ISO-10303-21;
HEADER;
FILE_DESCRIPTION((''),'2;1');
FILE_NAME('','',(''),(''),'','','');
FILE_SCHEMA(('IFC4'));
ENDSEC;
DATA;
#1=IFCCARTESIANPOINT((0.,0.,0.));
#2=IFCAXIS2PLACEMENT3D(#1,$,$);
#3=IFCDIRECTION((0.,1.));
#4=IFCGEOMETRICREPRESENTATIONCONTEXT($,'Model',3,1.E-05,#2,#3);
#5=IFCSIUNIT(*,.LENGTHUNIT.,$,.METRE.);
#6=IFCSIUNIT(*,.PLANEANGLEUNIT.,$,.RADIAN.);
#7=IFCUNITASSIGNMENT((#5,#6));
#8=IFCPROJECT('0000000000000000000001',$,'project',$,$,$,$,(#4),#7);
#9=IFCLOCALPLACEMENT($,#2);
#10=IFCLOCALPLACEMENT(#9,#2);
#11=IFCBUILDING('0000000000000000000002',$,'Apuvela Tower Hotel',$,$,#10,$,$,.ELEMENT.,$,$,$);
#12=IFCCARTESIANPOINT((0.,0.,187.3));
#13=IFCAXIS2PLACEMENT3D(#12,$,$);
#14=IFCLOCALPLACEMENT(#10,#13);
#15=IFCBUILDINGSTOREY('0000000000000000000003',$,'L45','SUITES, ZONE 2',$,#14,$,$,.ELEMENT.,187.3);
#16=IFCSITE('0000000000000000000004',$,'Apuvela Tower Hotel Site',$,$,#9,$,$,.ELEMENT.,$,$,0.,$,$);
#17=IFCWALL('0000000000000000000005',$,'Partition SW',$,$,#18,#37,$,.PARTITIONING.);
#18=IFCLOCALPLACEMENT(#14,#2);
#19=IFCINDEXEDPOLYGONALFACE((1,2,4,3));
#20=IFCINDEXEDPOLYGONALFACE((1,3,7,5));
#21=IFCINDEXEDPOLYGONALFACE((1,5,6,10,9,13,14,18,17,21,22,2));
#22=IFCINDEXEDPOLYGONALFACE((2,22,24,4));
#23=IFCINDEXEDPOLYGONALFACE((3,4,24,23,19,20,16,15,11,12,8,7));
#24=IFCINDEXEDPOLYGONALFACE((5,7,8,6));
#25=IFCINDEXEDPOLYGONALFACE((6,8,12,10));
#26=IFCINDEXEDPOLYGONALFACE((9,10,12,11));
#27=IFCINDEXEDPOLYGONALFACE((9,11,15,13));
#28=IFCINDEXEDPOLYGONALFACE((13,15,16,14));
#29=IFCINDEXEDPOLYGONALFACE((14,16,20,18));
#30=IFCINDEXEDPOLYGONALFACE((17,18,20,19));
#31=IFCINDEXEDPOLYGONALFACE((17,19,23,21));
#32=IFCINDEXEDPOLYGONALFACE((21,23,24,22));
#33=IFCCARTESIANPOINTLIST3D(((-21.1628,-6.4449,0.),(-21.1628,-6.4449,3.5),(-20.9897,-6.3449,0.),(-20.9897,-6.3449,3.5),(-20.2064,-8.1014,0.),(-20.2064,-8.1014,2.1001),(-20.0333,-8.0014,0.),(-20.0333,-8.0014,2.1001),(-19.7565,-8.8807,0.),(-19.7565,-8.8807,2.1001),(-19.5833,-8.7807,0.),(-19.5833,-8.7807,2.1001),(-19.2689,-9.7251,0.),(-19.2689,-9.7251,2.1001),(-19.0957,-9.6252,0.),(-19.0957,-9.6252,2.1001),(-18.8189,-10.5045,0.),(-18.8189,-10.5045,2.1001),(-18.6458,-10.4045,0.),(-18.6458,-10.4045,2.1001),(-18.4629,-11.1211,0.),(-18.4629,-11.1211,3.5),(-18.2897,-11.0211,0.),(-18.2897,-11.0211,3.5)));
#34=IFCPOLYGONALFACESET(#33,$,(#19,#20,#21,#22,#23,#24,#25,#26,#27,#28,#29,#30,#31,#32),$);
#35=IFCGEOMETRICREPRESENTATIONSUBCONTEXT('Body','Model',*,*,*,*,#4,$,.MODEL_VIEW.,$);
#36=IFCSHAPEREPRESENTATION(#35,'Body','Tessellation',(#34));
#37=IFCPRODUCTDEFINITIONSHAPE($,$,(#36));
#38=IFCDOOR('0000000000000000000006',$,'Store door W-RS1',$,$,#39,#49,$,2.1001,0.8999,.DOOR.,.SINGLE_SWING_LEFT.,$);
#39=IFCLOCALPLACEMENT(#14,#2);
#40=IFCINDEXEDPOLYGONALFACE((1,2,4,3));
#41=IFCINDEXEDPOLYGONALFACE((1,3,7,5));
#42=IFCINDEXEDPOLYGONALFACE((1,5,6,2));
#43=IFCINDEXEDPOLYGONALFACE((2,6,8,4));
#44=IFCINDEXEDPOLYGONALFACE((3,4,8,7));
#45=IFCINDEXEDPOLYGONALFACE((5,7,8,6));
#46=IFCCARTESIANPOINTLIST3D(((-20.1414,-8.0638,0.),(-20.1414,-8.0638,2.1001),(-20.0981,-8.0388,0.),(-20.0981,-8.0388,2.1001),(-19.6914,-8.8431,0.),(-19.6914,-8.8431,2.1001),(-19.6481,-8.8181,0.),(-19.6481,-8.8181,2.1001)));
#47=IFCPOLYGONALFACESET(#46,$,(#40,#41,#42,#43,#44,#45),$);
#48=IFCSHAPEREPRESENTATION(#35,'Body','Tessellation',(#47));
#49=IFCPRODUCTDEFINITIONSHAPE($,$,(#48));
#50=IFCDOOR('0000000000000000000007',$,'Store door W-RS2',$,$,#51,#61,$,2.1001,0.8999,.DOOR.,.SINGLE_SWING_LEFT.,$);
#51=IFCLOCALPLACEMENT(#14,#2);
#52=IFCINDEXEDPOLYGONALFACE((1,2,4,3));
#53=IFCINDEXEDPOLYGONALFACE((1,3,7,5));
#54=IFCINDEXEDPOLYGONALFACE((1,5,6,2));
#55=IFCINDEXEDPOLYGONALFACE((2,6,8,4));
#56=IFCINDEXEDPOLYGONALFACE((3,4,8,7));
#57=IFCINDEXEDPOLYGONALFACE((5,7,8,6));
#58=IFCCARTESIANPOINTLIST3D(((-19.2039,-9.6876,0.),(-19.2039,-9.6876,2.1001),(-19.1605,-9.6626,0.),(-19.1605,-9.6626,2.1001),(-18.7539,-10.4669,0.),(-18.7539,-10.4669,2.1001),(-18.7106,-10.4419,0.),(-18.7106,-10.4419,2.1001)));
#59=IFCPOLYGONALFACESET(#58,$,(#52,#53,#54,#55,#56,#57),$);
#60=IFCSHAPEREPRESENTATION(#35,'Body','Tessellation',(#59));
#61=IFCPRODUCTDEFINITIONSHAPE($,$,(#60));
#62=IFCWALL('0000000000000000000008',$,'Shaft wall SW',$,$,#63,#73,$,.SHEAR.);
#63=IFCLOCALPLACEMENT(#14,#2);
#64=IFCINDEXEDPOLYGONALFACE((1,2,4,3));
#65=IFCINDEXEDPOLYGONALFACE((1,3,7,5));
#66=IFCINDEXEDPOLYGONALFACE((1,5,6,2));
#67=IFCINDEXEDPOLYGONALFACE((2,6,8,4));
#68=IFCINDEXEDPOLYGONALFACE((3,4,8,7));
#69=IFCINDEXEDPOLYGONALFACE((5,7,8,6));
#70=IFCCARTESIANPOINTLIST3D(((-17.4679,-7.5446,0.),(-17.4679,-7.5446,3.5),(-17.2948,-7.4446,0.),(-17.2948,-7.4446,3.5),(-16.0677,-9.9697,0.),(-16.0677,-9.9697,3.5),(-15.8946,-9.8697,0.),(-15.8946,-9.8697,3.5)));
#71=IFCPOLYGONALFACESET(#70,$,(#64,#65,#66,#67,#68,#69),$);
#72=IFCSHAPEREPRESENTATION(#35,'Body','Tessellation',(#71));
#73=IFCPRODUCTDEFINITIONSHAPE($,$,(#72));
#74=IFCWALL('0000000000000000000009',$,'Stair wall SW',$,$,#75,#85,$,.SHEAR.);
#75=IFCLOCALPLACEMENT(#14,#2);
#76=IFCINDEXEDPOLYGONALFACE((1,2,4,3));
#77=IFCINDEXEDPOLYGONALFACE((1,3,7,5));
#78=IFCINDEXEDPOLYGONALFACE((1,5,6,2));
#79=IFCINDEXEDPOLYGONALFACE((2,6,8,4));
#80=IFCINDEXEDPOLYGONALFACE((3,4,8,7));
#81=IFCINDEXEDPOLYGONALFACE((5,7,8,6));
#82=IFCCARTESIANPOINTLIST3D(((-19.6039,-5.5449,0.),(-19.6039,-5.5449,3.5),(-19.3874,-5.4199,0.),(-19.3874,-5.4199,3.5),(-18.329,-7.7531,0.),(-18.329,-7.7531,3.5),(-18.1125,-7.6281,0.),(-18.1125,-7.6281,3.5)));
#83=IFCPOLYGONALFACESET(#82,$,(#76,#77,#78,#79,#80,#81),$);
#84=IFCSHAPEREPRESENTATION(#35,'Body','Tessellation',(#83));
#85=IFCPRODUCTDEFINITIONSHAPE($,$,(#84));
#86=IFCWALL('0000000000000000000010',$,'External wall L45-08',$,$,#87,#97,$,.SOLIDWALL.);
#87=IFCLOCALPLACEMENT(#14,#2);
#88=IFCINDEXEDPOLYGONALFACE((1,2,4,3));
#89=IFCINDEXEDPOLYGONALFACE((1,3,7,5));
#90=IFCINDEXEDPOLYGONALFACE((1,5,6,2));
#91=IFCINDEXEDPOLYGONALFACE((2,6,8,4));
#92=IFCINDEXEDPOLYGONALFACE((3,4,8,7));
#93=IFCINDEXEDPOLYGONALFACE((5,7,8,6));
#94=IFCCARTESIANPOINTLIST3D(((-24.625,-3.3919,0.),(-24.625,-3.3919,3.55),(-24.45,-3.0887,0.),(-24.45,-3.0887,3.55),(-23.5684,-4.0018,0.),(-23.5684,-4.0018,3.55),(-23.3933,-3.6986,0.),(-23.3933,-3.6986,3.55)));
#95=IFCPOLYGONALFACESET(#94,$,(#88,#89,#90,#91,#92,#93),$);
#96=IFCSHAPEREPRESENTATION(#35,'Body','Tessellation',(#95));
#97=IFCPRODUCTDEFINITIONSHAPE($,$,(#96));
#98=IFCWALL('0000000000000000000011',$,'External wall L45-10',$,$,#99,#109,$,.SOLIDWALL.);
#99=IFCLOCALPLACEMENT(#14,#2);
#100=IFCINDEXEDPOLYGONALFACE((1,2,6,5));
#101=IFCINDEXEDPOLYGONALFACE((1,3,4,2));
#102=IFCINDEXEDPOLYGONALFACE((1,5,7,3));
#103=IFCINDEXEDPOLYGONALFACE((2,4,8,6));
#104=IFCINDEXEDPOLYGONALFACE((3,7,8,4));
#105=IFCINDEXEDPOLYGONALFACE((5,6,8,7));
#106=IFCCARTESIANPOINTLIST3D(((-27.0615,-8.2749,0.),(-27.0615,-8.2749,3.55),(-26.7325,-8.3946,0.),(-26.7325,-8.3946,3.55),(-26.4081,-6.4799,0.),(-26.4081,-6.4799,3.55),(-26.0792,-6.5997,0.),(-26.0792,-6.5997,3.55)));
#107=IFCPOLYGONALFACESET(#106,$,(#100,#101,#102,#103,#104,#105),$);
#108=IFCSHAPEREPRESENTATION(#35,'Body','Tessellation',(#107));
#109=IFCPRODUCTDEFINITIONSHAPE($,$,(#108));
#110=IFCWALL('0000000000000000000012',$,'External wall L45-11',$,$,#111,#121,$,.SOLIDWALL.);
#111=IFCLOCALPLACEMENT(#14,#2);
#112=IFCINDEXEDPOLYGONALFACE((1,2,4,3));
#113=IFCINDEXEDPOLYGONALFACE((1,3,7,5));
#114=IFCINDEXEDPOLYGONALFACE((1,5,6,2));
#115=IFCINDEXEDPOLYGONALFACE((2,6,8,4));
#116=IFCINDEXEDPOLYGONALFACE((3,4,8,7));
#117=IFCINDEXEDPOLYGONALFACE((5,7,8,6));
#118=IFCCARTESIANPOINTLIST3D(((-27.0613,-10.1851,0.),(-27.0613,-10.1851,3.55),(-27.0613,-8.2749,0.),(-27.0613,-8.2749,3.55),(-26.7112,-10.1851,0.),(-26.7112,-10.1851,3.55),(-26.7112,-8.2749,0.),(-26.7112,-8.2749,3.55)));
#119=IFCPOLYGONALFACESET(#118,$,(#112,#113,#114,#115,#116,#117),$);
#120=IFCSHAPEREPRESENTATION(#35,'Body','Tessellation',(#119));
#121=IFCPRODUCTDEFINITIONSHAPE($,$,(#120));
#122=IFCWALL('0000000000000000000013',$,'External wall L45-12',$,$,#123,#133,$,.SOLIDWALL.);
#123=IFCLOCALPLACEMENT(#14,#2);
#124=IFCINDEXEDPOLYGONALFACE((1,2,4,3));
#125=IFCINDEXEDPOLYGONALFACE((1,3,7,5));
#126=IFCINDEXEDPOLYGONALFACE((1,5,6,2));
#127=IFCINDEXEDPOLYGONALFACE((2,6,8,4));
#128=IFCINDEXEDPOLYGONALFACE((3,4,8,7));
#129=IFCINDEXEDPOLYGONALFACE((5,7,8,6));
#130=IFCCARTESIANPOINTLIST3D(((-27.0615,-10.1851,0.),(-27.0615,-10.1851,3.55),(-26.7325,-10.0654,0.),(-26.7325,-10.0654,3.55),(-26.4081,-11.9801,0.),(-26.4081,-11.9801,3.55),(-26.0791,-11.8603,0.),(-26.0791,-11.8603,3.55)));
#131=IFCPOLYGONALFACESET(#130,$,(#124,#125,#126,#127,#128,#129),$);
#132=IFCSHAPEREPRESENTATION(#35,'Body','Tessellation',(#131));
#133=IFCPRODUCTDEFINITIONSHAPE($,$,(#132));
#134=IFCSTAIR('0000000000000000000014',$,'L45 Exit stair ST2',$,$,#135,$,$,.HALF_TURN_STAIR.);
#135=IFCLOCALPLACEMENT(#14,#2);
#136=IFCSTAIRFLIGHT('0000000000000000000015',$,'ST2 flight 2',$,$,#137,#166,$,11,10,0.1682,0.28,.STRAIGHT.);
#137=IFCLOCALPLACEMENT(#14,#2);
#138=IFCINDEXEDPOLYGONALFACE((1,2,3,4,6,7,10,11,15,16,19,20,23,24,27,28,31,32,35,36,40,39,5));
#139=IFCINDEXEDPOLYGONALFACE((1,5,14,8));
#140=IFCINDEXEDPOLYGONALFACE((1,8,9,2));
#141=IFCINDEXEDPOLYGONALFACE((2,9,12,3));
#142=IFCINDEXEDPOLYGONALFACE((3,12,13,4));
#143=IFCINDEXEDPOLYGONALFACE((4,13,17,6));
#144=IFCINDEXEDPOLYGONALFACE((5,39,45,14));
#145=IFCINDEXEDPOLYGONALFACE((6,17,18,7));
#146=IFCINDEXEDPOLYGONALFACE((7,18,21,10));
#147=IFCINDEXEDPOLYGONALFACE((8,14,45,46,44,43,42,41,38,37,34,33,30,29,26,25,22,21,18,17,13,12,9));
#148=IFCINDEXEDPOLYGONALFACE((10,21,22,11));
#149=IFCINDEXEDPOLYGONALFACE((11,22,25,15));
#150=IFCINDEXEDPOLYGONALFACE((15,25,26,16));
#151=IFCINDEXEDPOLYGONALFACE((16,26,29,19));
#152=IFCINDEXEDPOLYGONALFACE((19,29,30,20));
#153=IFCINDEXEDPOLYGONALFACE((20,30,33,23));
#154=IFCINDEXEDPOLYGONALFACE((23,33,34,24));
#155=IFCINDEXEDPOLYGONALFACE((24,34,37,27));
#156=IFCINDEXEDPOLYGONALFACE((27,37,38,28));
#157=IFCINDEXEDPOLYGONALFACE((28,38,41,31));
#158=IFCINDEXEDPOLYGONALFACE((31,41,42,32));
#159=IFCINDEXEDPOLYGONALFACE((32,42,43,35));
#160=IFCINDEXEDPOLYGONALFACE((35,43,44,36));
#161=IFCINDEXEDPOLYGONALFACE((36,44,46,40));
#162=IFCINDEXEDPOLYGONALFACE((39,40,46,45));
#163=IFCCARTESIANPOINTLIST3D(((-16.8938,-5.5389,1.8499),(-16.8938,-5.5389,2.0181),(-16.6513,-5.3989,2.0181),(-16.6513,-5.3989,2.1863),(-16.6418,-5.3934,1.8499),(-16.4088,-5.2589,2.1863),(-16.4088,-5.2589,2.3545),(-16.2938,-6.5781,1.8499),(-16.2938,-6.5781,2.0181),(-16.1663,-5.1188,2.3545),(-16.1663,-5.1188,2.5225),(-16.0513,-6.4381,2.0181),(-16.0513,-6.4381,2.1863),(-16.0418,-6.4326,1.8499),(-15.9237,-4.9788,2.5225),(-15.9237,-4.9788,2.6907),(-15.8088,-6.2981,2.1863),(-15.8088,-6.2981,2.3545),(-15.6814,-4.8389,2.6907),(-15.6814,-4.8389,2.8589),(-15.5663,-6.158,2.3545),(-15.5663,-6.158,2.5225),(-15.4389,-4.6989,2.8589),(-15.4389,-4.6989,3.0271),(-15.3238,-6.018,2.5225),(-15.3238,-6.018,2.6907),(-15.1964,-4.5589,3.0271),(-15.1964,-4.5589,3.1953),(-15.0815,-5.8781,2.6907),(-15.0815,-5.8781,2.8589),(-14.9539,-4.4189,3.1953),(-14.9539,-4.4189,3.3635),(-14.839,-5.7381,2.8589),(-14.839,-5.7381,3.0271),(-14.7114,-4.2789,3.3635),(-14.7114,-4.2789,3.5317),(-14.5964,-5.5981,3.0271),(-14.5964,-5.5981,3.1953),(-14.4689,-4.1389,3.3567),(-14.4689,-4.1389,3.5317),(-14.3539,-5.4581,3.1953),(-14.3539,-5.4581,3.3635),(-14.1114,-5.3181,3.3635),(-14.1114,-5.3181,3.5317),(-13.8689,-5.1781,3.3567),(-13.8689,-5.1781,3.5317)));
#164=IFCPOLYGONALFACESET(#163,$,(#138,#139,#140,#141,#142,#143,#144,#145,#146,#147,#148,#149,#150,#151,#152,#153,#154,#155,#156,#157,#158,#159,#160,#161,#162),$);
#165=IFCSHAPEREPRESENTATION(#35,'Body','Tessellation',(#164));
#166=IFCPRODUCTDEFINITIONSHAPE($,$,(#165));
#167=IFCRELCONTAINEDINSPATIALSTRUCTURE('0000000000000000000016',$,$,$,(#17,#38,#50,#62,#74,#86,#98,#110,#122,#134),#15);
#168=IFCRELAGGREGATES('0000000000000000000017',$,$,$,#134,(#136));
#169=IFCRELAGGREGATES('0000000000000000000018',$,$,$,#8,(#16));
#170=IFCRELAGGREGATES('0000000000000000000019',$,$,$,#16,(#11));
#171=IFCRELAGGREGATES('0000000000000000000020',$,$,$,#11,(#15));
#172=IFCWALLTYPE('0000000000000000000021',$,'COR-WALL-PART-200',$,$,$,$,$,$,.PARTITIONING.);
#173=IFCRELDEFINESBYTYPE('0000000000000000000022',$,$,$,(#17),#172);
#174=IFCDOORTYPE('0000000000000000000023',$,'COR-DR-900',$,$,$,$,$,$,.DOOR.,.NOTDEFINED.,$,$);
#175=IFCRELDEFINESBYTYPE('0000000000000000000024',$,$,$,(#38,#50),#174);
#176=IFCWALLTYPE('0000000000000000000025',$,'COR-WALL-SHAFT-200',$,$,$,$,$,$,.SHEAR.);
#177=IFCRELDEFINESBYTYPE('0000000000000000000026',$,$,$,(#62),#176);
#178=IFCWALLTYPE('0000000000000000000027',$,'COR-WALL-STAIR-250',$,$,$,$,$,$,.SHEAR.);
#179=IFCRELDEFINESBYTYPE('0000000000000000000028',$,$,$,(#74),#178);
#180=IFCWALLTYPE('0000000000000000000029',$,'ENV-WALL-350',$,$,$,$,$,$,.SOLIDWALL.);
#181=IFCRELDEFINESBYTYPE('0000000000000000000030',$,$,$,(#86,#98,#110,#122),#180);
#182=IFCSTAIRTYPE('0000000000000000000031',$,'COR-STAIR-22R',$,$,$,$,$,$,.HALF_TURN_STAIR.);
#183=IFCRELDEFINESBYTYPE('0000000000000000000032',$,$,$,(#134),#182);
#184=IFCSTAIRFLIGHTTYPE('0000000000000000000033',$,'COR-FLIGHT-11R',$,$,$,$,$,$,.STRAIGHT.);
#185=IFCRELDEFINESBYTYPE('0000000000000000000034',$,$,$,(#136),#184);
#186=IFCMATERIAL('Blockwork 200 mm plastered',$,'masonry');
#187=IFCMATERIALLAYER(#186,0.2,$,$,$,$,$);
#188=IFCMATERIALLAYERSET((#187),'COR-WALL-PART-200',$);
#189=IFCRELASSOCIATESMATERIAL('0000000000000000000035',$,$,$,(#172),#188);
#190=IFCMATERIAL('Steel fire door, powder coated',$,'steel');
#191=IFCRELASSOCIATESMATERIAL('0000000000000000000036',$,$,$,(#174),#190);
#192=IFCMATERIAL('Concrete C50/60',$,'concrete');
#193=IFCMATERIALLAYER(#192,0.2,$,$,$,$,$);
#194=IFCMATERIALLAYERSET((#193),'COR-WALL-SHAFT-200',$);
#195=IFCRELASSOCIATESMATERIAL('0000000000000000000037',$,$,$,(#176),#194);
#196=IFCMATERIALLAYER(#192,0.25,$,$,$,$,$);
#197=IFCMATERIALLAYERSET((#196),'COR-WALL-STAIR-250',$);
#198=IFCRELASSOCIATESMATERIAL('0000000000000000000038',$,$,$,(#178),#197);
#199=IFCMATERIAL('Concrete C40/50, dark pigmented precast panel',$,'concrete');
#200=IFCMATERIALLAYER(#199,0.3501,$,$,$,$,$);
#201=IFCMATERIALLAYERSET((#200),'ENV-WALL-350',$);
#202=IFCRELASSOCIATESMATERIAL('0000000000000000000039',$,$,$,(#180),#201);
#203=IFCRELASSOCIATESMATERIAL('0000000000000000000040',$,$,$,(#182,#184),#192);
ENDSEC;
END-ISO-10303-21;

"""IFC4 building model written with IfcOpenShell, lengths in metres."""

from ifc_helpers import new_model, si_unit, direction, frame, frame_2d, origin, place, context, subcontext, project, spatial, polyline, rectangle, outline, extrude, material, layer, layer_set, type_object, element, fill, aggregate, save


model = new_model("IFC4")

# Units and contexts
model_context = context("Model", 3, precision=1e-05, world=origin(), true_north=direction((0.0, 1.0)))
body_context = subcontext(model_context, "Body", "Model", "MODEL_VIEW")
ifc_project = project(units=[si_unit("LENGTHUNIT", "METRE"), si_unit("PLANEANGLEUNIT", "RADIAN")], contexts=[model_context])

# Site, building, storey
site_placement = place(None, origin())
site = spatial("IfcSite", under=ifc_project, at=site_placement, Name="Apuvela Tower Hotel Site", CompositionType="ELEMENT", RefElevation=0.0)
building_placement = place(site_placement, origin())
building = spatial("IfcBuilding", under=site, at=building_placement, Name="Apuvela Tower Hotel", CompositionType="ELEMENT")
storey_placement = place(building_placement, frame((0.0, 0.0, 187.3)))
storey = spatial("IfcBuildingStorey", under=building, at=storey_placement, Name="L45", Description="SUITES, ZONE 2", CompositionType="ELEMENT", Elevation=187.3)

# Wall, openings, doors
ifc_material_1 = material(Name="Blockwork 200 mm plastered", Category="masonry")
ifc_layer_1 = layer(ifc_material_1, 0.2)
ifc_layer_set_1 = layer_set([ifc_layer_1], Name="COR-WALL-PART-200")
wall_type_1 = type_object("IfcWallType", Name="COR-WALL-PART-200", PredefinedType="PARTITIONING", material=ifc_layer_set_1)
wall_1_placement = place(storey_placement, frame((-21.0762, -6.395, 0.0), z_axis=(0.0, 0.0, 1.0), x_axis=(0.500015, -0.866017, 0.0)))
wall_1 = element("IfcWall", 1, at=wall_1_placement, inside=storey, type_object=wall_type_1, Name="Partition SW", PredefinedType="PARTITIONING", context=body_context, shape_type="SweptSolid", body=[
    extrude(rectangle(XDim=5.3997, YDim=0.2, at=frame_2d((2.6997, 0.0))), origin(), (0.0, 0.0, 1.0), 3.5),
])
opening_1_placement = place(wall_1_placement, frame((1.9126, 0.0, 0.0)))
opening_1 = element("IfcOpeningElement", 2, at=opening_1_placement, cuts=wall_1, PredefinedType="OPENING", context=body_context, shape_type="SweptSolid", body=[
    extrude(rectangle(XDim=0.8999, YDim=2.1001, at=frame_2d((0.45, 1.05))), frame((0.0, 0.1099, 0.0), z_axis=(0.0, -1.0, 0.0), x_axis=(1.0, 0.0, 0.0)), (0.0, 0.0, 1.0), 0.22),
])
opening_2_placement = place(wall_1_placement, frame((3.7876, 0.0, 0.0)))
opening_2 = element("IfcOpeningElement", 3, at=opening_2_placement, cuts=wall_1, PredefinedType="OPENING", context=body_context, shape_type="SweptSolid", body=[
    extrude(rectangle(XDim=0.8999, YDim=2.1001, at=frame_2d((0.45, 1.05))), frame((0.0, 0.1099, 0.0), z_axis=(0.0, -1.0, 0.0), x_axis=(1.0, 0.0, 0.0)), (0.0, 0.0, 1.0), 0.22),
])
ifc_material_2 = material(Name="Steel fire door, powder coated", Category="steel")
door_type_1 = type_object("IfcDoorType", Name="COR-DR-900", OperationType="NOTDEFINED", PredefinedType="DOOR", material=ifc_material_2)
door_1_placement = place(opening_1_placement, frame((0.8999, 0.0, 0.0), z_axis=(0.0, 0.0, 1.0), x_axis=(-1.0, 0.0, 0.0)))
door_1 = element("IfcDoor", 4, at=door_1_placement, inside=storey, type_object=door_type_1, Name="Store door W-RS1", OperationType="SINGLE_SWING_LEFT", OverallHeight=2.1001, OverallWidth=0.8999, PredefinedType="DOOR", context=body_context, shape_type="SweptSolid", body=[
    extrude(rectangle(XDim=0.8999, YDim=2.1001, at=frame_2d((0.45, 1.05))), frame((0.0, 0.0249, 0.0), z_axis=(0.0, -1.0, 0.0), x_axis=(1.0, 0.0, 0.0)), (0.0, 0.0, 1.0), 0.05),
])
fill(opening_1, door_1)
door_2_placement = place(opening_2_placement, frame((0.8999, 0.0, 0.0), z_axis=(0.0, 0.0, 1.0), x_axis=(-1.0, 0.0, 0.0)))
door_2 = element("IfcDoor", 5, at=door_2_placement, inside=storey, type_object=door_type_1, Name="Store door W-RS2", OperationType="SINGLE_SWING_LEFT", OverallHeight=2.1001, OverallWidth=0.8999, PredefinedType="DOOR", context=body_context, shape_type="SweptSolid", body=[
    extrude(rectangle(XDim=0.8999, YDim=2.1001, at=frame_2d((0.45, 1.05))), frame((0.0, 0.0249, 0.0), z_axis=(0.0, -1.0, 0.0), x_axis=(1.0, 0.0, 0.0)), (0.0, 0.0, 1.0), 0.05),
])
fill(opening_2, door_2)

# Walls
ifc_material_3 = material(Name="Concrete C50/60", Category="concrete")
ifc_layer_2 = layer(ifc_material_3, 0.2)
ifc_layer_set_2 = layer_set([ifc_layer_2], Name="COR-WALL-SHAFT-200")
wall_type_2 = type_object("IfcWallType", Name="COR-WALL-SHAFT-200", PredefinedType="SHEAR", material=ifc_layer_set_2)
wall_2_placement = place(storey_placement, frame((-17.3813, -7.4946, 0.0), z_axis=(0.0, 0.0, 1.0), x_axis=(0.500012, -0.866019, 0.0)))
element("IfcWall", 6, at=wall_2_placement, inside=storey, type_object=wall_type_2, Name="Shaft wall SW", PredefinedType="SHEAR", context=body_context, shape_type="SweptSolid", body=[
    extrude(rectangle(XDim=2.8003, YDim=0.2, at=frame_2d((1.4001, 0.0))), origin(), (0.0, 0.0, 1.0), 3.5),
])
ifc_layer_3 = layer(ifc_material_3, 0.25)
ifc_layer_set_3 = layer_set([ifc_layer_3], Name="COR-WALL-STAIR-250")
wall_type_3 = type_object("IfcWallType", Name="COR-WALL-STAIR-250", PredefinedType="SHEAR", material=ifc_layer_set_3)
wall_3_placement = place(storey_placement, frame((-19.4956, -5.4824, 0.0), z_axis=(0.0, 0.0, 1.0), x_axis=(0.49999, -0.866031, 0.0)))
element("IfcWall", 7, at=wall_3_placement, inside=storey, type_object=wall_type_3, Name="Stair wall SW", PredefinedType="SHEAR", context=body_context, shape_type="SweptSolid", body=[
    extrude(rectangle(XDim=2.5498, YDim=0.25, at=frame_2d((1.2749, 0.0))), origin(), (0.0, 0.0, 1.0), 3.5),
])
ifc_material_4 = material(Name="Concrete C40/50, dark pigmented precast panel", Category="concrete")
ifc_layer_4 = layer(ifc_material_4, 0.3501)
ifc_layer_set_4 = layer_set([ifc_layer_4], Name="ENV-WALL-350")
wall_type_4 = type_object("IfcWallType", Name="ENV-WALL-350", PredefinedType="SOLIDWALL", material=ifc_layer_set_4)
wall_4_placement = place(storey_placement, frame((-23.481, -3.8501, 0.0), z_axis=(0.0, 0.0, 1.0), x_axis=(-0.866092, 0.499884, 0.0)))
element("IfcWall", 8, at=wall_4_placement, inside=storey, type_object=wall_type_4, Name="External wall L45-08", PredefinedType="SOLIDWALL", context=body_context, shape_type="SweptSolid", body=[
    extrude(rectangle(XDim=1.22, YDim=0.3501, at=frame_2d((0.6099, 0.0))), origin(), (0.0, 0.0, 1.0), 3.55),
])
for number, where, z_axis, x_axis, name in (
    (9, (-26.2437, -6.5398, 0.0), (0.0, 0.0, 1.0), (-0.34203, -0.939689, 0.0), "External wall L45-10"),
    (10, (-26.8862, -8.2749, 0.0), (0.0, 0.0, 1.0), (0.0, -1.0, 0.0), "External wall L45-11"),
    (11, (-26.897, -10.1252, 0.0), (0.0, 0.0, 1.0), (0.34203, -0.939689, 0.0), "External wall L45-12"),
):
    element("IfcWall", number, at=place(storey_placement, frame(where, z_axis=z_axis, x_axis=x_axis)), inside=storey, type_object=wall_type_4, Name=name, PredefinedType="SOLIDWALL", context=body_context, shape_type="SweptSolid", body=[
        extrude(rectangle(XDim=1.9102, YDim=0.3501, at=frame_2d((0.9551, 0.0))), origin(), (0.0, 0.0, 1.0), 3.55),
    ])

# Stair, stair flight
stair_type = type_object("IfcStairType", Name="COR-STAIR-22R", PredefinedType="HALF_TURN_STAIR", material=ifc_material_3)
stair_placement = place(storey_placement, origin())
stair = element("IfcStair", 12, at=stair_placement, inside=storey, type_object=stair_type, Name="L45 Exit stair ST2", PredefinedType="HALF_TURN_STAIR")
stair_flight_type = type_object("IfcStairFlightType", Name="COR-FLIGHT-11R", PredefinedType="STRAIGHT", material=ifc_material_3)
stair_flight_placement = place(storey_placement, frame((-16.5938, -6.0586, 1.8499), z_axis=(0.0, 0.0, 1.0), x_axis=(0.866025, 0.5, 0.0)))
stair_flight = element("IfcStairFlight", 13, at=stair_flight_placement, type_object=stair_flight_type, Name="ST2 flight 2", NumberOfRisers=11, NumberOfTreads=10, PredefinedType="STRAIGHT", RiserHeight=0.1682, TreadLength=0.28, context=body_context, shape_type="SweptSolid", body=[
    extrude(outline(polyline([(0.0, 0.0), (0.0, 0.1682), (0.28, 0.1682), (0.28, 0.3364), (0.5601, 0.3364), (0.5601, 0.5046), (0.8401, 0.5046), (0.8401, 0.6726), (1.1201, 0.6726), (1.1201, 0.8408), (1.3999, 0.8408), (1.3999, 1.009), (1.6799, 1.009), (1.6799, 1.1772), (1.96, 1.1772), (1.96, 1.3455), (2.24, 1.3455), (2.24, 1.5137), (2.52, 1.5137), (2.52, 1.6819), (2.8, 1.6819), (2.8, 1.8501), (2.8, 1.5068), (0.291, 0.0), (0.0, 0.0)])), frame((0.0, 0.6001, 0.0), z_axis=(0.0, -1.0, 0.0), x_axis=(1.0, 0.0, 0.0)), (0.0, 0.0, 1.0), 1.2),
])
aggregate(stair, [stair_flight])

save(model, "model.ifc")
